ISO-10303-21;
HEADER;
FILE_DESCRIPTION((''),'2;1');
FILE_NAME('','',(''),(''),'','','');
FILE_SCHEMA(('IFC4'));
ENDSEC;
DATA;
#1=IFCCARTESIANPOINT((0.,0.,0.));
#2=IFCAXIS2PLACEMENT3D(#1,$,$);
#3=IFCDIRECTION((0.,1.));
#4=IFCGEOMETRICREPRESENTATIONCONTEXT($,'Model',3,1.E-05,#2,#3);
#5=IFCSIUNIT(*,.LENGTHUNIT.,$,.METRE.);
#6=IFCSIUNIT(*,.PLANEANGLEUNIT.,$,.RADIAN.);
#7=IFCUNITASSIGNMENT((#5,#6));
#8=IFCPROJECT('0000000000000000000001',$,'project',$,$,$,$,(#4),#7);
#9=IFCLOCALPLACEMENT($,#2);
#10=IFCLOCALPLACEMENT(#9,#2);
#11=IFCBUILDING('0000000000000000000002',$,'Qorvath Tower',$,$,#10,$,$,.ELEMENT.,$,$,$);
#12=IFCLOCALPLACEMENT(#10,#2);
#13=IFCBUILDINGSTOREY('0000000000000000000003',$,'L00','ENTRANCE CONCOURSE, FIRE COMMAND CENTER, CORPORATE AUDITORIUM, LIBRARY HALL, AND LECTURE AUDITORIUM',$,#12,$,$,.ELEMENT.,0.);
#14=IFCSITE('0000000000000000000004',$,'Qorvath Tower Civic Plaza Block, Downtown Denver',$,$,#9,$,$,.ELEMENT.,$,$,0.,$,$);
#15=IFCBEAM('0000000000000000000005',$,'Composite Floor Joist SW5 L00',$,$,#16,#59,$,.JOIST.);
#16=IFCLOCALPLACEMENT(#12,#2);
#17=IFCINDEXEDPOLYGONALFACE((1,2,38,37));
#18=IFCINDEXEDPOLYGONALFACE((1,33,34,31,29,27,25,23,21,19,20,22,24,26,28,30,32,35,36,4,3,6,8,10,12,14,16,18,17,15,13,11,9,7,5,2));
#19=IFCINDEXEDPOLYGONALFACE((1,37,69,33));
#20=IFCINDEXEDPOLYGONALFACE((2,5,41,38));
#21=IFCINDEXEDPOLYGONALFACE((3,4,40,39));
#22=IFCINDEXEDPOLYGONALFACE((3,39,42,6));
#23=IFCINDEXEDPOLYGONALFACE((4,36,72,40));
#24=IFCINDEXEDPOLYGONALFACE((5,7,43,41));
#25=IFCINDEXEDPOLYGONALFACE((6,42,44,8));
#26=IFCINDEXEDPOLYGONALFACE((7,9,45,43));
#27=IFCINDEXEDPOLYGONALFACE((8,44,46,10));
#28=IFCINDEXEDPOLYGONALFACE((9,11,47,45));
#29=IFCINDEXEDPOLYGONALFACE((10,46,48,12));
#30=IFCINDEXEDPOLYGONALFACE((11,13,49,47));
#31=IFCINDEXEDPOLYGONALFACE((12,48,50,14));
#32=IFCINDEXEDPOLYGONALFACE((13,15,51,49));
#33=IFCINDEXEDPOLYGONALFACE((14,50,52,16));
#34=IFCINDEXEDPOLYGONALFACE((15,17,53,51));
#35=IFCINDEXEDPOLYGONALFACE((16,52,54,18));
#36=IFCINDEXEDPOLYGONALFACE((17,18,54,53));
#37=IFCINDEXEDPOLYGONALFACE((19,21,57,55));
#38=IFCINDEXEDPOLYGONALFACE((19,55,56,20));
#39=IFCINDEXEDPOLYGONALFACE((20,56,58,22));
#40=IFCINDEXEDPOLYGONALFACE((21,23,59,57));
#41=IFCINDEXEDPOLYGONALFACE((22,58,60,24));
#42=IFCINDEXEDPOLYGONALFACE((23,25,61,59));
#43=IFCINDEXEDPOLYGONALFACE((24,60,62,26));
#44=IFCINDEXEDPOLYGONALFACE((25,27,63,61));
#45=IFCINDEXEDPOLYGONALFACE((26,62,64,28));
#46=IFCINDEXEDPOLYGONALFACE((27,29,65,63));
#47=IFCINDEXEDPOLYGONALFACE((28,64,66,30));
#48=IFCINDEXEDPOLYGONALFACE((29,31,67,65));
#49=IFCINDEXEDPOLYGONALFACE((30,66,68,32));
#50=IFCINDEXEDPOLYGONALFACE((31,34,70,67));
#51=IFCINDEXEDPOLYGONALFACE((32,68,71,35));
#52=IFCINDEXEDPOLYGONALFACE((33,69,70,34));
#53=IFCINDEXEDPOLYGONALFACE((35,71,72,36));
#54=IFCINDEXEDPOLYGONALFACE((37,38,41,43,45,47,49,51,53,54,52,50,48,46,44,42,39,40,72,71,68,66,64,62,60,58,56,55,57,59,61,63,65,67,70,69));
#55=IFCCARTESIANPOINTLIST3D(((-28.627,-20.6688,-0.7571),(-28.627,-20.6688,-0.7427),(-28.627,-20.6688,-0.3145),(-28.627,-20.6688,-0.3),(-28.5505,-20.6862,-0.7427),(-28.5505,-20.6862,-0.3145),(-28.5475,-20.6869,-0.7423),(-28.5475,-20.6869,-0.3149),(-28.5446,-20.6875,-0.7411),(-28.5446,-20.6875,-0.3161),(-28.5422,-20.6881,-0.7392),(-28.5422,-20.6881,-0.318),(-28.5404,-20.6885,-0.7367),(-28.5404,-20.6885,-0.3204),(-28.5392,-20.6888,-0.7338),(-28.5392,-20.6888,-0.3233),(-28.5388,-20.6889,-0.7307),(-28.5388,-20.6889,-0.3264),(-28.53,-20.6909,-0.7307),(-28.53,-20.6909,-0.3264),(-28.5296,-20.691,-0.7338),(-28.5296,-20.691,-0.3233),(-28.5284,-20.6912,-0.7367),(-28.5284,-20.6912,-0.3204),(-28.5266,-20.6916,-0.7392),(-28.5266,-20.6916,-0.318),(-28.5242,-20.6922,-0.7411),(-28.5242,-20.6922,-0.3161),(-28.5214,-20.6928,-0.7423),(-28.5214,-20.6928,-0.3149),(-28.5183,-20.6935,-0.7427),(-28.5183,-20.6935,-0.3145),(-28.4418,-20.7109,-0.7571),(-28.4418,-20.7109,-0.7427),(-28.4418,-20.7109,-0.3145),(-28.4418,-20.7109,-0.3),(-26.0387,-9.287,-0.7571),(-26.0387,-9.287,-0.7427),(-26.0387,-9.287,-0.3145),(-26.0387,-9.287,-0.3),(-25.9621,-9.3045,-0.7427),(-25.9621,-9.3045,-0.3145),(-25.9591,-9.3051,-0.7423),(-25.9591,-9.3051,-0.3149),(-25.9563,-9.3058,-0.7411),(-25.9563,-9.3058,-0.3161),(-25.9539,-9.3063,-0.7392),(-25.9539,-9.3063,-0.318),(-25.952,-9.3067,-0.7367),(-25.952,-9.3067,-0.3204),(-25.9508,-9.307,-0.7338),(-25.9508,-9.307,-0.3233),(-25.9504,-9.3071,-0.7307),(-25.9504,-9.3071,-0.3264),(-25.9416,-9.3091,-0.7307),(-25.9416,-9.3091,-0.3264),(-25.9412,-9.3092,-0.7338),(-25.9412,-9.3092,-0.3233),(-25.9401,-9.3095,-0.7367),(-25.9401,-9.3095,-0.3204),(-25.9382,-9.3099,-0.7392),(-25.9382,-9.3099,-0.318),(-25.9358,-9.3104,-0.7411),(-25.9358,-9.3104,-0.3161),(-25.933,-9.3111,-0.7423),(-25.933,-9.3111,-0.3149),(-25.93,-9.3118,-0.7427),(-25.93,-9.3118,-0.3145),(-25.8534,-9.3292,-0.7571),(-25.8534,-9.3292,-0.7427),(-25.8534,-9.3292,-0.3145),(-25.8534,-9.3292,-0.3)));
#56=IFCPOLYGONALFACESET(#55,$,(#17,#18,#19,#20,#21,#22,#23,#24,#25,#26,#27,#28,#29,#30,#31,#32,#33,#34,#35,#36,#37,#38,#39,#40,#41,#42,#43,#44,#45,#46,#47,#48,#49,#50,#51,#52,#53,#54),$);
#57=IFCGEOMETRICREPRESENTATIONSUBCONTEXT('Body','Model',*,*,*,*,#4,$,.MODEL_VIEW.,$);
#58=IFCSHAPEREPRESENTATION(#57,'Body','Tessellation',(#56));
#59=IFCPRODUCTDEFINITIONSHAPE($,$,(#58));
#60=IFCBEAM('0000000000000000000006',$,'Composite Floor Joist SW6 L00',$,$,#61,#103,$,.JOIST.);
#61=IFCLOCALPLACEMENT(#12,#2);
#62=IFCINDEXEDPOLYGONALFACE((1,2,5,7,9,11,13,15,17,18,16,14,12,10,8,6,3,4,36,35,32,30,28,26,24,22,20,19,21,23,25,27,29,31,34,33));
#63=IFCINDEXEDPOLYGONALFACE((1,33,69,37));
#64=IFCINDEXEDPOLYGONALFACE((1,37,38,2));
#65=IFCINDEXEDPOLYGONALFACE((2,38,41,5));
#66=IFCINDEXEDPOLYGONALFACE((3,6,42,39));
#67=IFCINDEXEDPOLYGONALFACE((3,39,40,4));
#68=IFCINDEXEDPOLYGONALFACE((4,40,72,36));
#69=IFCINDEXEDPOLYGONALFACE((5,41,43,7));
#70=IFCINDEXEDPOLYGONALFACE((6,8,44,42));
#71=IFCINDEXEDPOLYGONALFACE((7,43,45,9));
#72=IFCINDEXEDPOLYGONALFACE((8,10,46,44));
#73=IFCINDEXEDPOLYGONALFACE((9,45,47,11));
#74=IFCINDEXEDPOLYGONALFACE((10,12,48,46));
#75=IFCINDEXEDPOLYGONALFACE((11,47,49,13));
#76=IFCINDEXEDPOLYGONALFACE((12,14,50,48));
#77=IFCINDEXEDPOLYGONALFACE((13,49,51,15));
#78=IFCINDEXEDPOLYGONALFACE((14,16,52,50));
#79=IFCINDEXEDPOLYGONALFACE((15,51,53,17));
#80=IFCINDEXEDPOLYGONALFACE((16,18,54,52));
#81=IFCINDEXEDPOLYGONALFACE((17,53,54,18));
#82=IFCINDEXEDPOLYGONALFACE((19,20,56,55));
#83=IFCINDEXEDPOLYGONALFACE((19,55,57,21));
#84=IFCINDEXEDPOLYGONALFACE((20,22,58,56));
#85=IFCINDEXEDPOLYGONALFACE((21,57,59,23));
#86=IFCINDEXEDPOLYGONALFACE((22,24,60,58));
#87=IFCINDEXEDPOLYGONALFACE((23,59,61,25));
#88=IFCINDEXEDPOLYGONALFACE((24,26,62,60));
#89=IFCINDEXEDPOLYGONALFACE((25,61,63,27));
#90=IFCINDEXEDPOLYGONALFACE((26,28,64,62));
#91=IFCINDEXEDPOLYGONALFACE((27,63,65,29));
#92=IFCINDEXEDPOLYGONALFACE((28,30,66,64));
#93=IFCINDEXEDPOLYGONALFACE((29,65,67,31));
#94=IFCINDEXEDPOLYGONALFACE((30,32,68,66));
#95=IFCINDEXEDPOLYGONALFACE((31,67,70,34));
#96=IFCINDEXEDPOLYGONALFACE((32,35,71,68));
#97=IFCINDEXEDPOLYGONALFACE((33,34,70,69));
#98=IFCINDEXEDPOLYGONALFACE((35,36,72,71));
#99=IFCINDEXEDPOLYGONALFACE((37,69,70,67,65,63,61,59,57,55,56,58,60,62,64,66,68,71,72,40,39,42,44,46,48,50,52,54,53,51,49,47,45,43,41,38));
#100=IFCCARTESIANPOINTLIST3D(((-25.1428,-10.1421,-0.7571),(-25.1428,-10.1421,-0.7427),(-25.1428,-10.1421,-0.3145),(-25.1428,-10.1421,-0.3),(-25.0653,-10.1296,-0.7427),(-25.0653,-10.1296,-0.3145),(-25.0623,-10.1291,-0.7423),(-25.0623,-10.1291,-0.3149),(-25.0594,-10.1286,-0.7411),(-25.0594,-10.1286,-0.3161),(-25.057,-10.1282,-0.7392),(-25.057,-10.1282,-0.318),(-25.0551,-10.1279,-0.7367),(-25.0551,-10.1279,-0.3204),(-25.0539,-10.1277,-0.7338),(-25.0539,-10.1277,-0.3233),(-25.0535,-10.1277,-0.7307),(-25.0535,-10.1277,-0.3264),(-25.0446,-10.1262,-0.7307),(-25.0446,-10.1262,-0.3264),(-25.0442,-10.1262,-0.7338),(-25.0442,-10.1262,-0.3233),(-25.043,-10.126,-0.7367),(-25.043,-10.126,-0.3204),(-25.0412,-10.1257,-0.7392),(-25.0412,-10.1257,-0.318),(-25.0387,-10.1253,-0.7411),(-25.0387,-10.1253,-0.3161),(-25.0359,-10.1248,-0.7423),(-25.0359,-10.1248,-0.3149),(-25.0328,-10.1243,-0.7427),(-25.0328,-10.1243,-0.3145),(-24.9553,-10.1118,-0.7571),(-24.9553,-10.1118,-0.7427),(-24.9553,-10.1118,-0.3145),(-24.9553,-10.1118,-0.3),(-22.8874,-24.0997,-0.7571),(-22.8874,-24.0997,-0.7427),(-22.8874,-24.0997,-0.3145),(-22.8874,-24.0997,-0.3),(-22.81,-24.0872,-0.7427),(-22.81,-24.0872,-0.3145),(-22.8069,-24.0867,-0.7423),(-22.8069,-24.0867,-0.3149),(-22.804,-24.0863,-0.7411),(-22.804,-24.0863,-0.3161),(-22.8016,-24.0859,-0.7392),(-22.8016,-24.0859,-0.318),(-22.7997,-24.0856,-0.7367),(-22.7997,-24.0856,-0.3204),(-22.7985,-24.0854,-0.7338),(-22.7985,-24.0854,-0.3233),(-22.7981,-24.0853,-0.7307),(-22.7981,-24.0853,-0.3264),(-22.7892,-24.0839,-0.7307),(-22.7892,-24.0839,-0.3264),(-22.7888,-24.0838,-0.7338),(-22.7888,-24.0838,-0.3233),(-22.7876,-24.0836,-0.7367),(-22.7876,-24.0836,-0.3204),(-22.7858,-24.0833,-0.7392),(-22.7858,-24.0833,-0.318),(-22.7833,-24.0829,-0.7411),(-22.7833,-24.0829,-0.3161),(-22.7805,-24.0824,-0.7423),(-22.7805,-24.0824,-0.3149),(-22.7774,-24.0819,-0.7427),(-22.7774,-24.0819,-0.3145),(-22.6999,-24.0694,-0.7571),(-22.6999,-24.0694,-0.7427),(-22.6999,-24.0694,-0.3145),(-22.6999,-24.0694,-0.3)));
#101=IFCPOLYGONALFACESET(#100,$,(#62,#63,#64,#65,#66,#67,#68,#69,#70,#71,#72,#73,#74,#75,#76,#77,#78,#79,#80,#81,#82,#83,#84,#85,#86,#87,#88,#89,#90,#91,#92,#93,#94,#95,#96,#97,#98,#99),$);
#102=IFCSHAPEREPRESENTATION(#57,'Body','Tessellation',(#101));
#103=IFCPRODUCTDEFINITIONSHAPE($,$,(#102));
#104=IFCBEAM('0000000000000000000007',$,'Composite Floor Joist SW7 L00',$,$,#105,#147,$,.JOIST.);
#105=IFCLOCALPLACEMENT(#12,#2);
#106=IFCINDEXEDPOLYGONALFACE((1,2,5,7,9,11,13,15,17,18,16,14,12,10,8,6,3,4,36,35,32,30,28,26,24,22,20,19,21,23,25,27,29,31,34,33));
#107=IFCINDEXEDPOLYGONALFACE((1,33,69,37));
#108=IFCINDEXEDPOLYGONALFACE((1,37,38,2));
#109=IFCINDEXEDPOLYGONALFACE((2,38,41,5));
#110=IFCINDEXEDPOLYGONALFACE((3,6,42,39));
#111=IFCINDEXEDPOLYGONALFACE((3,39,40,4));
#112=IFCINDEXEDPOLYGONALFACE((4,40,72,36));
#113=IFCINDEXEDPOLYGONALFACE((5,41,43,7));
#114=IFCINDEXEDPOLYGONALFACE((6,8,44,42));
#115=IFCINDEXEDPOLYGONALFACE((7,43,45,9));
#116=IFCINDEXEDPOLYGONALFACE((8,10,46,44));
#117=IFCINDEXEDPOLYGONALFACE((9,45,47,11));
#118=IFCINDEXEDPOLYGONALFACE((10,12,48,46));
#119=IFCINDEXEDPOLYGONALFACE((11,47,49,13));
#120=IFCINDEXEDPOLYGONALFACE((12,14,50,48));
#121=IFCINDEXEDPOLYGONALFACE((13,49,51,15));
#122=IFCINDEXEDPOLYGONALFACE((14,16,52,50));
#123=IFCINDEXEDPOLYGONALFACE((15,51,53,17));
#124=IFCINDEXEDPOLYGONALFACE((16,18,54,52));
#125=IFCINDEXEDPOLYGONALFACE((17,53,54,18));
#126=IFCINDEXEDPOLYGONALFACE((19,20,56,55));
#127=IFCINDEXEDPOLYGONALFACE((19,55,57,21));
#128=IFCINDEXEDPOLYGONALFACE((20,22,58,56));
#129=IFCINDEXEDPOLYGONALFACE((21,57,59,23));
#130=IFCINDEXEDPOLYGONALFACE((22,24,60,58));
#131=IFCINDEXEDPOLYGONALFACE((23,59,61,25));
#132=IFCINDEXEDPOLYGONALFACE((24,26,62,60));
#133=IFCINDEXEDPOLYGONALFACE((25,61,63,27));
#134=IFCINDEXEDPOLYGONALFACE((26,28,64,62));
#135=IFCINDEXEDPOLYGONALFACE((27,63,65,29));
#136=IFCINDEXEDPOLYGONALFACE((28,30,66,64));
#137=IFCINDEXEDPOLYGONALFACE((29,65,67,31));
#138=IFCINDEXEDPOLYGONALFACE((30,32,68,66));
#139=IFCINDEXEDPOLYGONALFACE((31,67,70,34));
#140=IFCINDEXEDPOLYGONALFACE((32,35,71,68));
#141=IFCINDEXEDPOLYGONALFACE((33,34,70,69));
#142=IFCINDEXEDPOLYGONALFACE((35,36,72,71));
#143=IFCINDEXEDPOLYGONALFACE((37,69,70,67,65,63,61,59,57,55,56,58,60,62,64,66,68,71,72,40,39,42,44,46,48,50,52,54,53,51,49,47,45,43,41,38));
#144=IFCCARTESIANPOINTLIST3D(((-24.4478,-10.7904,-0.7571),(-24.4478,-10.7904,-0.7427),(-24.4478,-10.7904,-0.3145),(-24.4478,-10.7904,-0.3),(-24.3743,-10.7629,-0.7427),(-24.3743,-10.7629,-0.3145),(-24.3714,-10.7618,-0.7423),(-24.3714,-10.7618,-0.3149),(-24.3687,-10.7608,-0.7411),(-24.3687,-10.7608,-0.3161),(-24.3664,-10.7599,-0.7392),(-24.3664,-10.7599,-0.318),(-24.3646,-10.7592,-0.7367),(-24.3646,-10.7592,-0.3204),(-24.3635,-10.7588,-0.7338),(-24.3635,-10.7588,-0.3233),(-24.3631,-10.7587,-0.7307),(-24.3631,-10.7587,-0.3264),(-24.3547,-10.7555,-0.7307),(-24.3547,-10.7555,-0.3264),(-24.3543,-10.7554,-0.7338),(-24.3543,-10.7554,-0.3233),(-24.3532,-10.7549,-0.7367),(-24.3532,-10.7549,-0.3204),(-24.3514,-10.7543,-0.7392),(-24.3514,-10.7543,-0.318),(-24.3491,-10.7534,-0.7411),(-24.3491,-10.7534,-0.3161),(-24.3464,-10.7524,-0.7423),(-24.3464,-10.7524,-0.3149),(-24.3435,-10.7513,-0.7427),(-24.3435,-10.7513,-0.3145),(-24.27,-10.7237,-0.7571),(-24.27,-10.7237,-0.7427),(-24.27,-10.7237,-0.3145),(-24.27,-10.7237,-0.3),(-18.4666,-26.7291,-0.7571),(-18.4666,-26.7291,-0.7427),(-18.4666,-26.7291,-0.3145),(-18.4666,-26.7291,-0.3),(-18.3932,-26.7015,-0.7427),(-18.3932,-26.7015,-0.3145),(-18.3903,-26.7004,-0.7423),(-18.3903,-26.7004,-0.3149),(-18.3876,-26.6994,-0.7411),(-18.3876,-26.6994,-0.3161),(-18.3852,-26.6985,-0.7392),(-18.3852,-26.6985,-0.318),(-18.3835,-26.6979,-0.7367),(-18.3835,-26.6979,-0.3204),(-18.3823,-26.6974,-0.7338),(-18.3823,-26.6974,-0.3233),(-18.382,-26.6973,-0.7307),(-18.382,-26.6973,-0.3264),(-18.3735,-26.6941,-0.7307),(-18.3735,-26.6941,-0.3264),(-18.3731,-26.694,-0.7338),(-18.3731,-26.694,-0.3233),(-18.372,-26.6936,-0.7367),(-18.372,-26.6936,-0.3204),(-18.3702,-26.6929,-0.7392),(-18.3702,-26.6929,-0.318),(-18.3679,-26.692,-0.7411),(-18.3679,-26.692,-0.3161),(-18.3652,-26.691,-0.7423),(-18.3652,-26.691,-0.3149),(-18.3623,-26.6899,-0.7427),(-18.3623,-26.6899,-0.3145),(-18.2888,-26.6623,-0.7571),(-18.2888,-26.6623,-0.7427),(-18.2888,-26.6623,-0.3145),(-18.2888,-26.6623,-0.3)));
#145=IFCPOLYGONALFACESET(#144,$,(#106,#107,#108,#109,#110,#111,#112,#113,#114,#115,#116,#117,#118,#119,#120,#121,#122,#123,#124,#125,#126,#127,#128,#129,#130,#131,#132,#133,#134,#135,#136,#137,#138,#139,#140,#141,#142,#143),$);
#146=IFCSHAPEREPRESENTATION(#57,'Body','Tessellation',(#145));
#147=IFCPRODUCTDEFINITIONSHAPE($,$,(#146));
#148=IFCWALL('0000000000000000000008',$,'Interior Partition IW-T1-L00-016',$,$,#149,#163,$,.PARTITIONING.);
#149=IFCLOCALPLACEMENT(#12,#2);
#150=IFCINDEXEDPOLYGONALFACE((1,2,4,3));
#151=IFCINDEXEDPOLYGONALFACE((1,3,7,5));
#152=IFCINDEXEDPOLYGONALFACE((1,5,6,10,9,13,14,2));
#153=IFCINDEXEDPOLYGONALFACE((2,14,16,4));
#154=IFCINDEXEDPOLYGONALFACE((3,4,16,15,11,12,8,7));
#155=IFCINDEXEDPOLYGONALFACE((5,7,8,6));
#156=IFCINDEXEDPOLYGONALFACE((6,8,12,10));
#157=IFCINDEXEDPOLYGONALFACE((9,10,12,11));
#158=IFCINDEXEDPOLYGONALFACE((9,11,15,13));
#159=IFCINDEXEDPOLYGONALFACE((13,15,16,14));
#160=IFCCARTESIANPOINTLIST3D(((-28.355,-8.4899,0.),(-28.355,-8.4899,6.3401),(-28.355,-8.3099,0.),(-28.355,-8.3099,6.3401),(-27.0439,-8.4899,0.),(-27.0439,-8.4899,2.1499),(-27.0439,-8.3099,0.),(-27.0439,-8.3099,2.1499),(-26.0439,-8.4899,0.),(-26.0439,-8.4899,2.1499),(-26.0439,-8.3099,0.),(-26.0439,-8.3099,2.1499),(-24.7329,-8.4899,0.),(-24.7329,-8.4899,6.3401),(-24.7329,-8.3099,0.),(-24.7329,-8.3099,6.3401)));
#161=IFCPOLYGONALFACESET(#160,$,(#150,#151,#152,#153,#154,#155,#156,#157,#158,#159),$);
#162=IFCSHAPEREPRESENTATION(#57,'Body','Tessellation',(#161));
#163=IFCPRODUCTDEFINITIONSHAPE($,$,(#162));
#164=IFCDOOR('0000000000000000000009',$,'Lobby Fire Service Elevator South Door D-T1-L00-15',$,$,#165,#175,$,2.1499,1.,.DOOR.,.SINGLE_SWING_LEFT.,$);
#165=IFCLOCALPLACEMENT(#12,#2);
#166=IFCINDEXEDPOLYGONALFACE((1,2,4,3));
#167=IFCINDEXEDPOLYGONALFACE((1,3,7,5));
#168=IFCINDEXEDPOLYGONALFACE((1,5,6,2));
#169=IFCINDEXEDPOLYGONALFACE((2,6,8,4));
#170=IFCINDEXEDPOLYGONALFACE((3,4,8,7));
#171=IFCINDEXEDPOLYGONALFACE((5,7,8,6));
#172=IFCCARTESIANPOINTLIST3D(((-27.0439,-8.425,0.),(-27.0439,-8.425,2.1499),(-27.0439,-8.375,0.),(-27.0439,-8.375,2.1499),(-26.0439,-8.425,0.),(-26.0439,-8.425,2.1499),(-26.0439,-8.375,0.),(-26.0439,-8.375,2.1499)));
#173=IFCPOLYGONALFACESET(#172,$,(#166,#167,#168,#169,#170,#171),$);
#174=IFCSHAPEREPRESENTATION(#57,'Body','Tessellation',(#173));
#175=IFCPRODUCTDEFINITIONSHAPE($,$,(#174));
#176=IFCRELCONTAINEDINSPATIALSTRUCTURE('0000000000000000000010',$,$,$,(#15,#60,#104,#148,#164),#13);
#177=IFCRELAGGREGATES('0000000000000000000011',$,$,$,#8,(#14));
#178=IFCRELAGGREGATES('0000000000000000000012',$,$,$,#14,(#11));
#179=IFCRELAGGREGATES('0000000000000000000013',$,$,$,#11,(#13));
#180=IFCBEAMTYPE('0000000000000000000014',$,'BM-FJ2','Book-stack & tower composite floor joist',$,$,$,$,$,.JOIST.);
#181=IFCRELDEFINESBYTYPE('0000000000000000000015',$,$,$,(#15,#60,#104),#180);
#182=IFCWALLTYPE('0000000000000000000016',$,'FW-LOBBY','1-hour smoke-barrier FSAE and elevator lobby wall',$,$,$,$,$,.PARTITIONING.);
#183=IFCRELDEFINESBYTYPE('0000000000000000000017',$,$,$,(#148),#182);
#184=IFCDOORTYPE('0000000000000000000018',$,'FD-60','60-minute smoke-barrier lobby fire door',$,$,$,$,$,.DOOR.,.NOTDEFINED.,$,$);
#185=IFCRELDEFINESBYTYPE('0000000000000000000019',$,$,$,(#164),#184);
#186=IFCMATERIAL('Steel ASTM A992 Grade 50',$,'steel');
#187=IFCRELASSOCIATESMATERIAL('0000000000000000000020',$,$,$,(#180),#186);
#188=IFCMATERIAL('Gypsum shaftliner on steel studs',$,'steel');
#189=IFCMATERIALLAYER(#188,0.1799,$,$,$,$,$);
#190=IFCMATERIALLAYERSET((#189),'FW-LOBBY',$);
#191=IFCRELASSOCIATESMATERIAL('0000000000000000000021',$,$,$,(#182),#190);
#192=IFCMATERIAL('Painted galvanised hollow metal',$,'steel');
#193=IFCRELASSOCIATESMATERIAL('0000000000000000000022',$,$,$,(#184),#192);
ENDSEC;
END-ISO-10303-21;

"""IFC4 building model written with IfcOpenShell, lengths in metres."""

from ifc_helpers import new_model, si_unit, direction, frame, frame_2d, origin, origin_2d, place, context, subcontext, project, spatial, rectangle, i_section, extrude, material, layer, layer_set, material_profile, profile_set, type_object, element, fill, save


model = new_model("IFC4")

# Units and contexts
model_context = context("Model", 3, precision=1e-05, world=origin(), true_north=direction((0.0, 1.0)))
body_context = subcontext(model_context, "Body", "Model", "MODEL_VIEW")
ifc_project = project(units=[si_unit("LENGTHUNIT", "METRE"), si_unit("PLANEANGLEUNIT", "RADIAN")], contexts=[model_context])

# Site, building, storey
site_placement = place(None, origin())
site = spatial("IfcSite", under=ifc_project, at=site_placement, Name="Qorvath Tower Civic Plaza Block, Downtown Denver", CompositionType="ELEMENT", RefElevation=0.0)
building_placement = place(site_placement, origin())
building = spatial("IfcBuilding", under=site, at=building_placement, Name="Qorvath Tower", CompositionType="ELEMENT")
storey_placement = place(building_placement, origin())
storey = spatial("IfcBuildingStorey", under=building, at=storey_placement, Name="L00", Description="ENTRANCE CONCOURSE, FIRE COMMAND CENTER, CORPORATE AUDITORIUM, LIBRARY HALL, AND LECTURE AUDITORIUM", CompositionType="ELEMENT", Elevation=0.0)

# Beams
ifc_material_1 = material(Name="Steel ASTM A992 Grade 50", Category="steel")
ifc_material_profile_1 = material_profile(ifc_material_1, i_section(OverallWidth=0.1899, OverallDepth=0.457, WebThickness=0.009, FlangeThickness=0.0144, FilletRadius=0.012, at=origin_2d()), Name="W18x50")
ifc_profile_set_1 = profile_set([ifc_material_profile_1], Name="Steel ASTM A992 Grade 50")
beam_type_1 = type_object("IfcBeamType", Name="BM-FJ2", Description="Book-stack & tower composite floor joist", PredefinedType="JOIST", material=ifc_profile_set_1)
beam_1_placement = place(storey_placement, frame((-25.946, -9.3081, -0.5286), z_axis=(-0.221751, -0.975103, 0.0), x_axis=(0.975103, -0.221751, 0.0)))
element("IfcBeam", 1, at=beam_1_placement, inside=storey, type_object=beam_type_1, Name="Composite Floor Joist SW5 L00", PredefinedType="JOIST", context=body_context, shape_type="SweptSolid", body=[
    extrude(i_section(OverallWidth=0.1899, OverallDepth=0.457, WebThickness=0.009, FlangeThickness=0.0144, FilletRadius=0.012, at=origin_2d()), origin(), (0.0, 0.0, 1.0), 11.6724),
])
beam_2_placement = place(storey_placement, frame((-25.0491, -10.127, -0.5286), z_axis=(0.159519, -0.987195, 0.0), x_axis=(0.987195, 0.159519, 0.0)))
element("IfcBeam", 2, at=beam_2_placement, inside=storey, type_object=beam_type_1, Name="Composite Floor Joist SW6 L00", PredefinedType="JOIST", context=body_context, shape_type="SweptSolid", body=[
    extrude(i_section(OverallWidth=0.1899, OverallDepth=0.457, WebThickness=0.009, FlangeThickness=0.0144, FilletRadius=0.012, at=origin_2d()), origin(), (0.0, 0.0, 1.0), 14.1387),
])
beam_3_placement = place(storey_placement, frame((-24.3589, -10.7571, -0.5286), z_axis=(0.351339, -0.936248, 0.0), x_axis=(0.936248, 0.351339, 0.0)))
element("IfcBeam", 3, at=beam_3_placement, inside=storey, type_object=beam_type_1, Name="Composite Floor Joist SW7 L00", PredefinedType="JOIST", context=body_context, shape_type="SweptSolid", body=[
    extrude(i_section(OverallWidth=0.1899, OverallDepth=0.457, WebThickness=0.009, FlangeThickness=0.0144, FilletRadius=0.012, at=origin_2d()), origin(), (0.0, 0.0, 1.0), 17.0239),
])

# Wall, opening, door
ifc_material_2 = material(Name="Gypsum shaftliner on steel studs", Category="steel")
ifc_layer_1 = layer(ifc_material_2, 0.1799)
ifc_layer_set_1 = layer_set([ifc_layer_1], Name="FW-LOBBY")
wall_type_1 = type_object("IfcWallType", Name="FW-LOBBY", Description="1-hour smoke-barrier FSAE and elevator lobby wall", PredefinedType="PARTITIONING", material=ifc_layer_set_1)
wall_1_placement = place(storey_placement, frame((-28.355, -8.3999, 0.0), z_axis=(0.0, 0.0, 1.0), x_axis=(1.0, 0.0, 0.0)))
wall_1 = element("IfcWall", 4, at=wall_1_placement, inside=storey, type_object=wall_type_1, Name="Interior Partition IW-T1-L00-016", PredefinedType="PARTITIONING", context=body_context, shape_type="SweptSolid", body=[
    extrude(rectangle(XDim=3.6221, YDim=0.1799, at=frame_2d((1.811, 0.0))), origin(), (0.0, 0.0, 1.0), 6.3401),
])
opening_1_placement = place(wall_1_placement, frame((1.311, 0.0, 0.0)))
opening_1 = element("IfcOpeningElement", 5, at=opening_1_placement, cuts=wall_1, PredefinedType="OPENING", context=body_context, shape_type="SweptSolid", body=[
    extrude(rectangle(XDim=1.0, YDim=2.1499, at=frame_2d((0.5, 1.075))), frame((0.0, 0.1001, 0.0), z_axis=(0.0, -1.0, 0.0), x_axis=(1.0, 0.0, 0.0)), (0.0, 0.0, 1.0), 0.2),
])
ifc_material_3 = material(Name="Painted galvanised hollow metal", Category="steel")
door_type_1 = type_object("IfcDoorType", Name="FD-60", Description="60-minute smoke-barrier lobby fire door", OperationType="NOTDEFINED", PredefinedType="DOOR", material=ifc_material_3)
door_1_placement = place(opening_1_placement, origin())
door_1 = element("IfcDoor", 6, at=door_1_placement, inside=storey, type_object=door_type_1, Name="Lobby Fire Service Elevator South Door D-T1-L00-15", OperationType="SINGLE_SWING_LEFT", OverallHeight=2.1499, OverallWidth=1.0, PredefinedType="DOOR", context=body_context, shape_type="SweptSolid", body=[
    extrude(rectangle(XDim=1.0, YDim=2.1499, at=frame_2d((0.5, 1.075))), frame((0.0, 0.0249, 0.0), z_axis=(0.0, -1.0, 0.0), x_axis=(1.0, 0.0, 0.0)), (0.0, 0.0, 1.0), 0.05),
])
fill(opening_1, door_1)

save(model, "model.ifc")
